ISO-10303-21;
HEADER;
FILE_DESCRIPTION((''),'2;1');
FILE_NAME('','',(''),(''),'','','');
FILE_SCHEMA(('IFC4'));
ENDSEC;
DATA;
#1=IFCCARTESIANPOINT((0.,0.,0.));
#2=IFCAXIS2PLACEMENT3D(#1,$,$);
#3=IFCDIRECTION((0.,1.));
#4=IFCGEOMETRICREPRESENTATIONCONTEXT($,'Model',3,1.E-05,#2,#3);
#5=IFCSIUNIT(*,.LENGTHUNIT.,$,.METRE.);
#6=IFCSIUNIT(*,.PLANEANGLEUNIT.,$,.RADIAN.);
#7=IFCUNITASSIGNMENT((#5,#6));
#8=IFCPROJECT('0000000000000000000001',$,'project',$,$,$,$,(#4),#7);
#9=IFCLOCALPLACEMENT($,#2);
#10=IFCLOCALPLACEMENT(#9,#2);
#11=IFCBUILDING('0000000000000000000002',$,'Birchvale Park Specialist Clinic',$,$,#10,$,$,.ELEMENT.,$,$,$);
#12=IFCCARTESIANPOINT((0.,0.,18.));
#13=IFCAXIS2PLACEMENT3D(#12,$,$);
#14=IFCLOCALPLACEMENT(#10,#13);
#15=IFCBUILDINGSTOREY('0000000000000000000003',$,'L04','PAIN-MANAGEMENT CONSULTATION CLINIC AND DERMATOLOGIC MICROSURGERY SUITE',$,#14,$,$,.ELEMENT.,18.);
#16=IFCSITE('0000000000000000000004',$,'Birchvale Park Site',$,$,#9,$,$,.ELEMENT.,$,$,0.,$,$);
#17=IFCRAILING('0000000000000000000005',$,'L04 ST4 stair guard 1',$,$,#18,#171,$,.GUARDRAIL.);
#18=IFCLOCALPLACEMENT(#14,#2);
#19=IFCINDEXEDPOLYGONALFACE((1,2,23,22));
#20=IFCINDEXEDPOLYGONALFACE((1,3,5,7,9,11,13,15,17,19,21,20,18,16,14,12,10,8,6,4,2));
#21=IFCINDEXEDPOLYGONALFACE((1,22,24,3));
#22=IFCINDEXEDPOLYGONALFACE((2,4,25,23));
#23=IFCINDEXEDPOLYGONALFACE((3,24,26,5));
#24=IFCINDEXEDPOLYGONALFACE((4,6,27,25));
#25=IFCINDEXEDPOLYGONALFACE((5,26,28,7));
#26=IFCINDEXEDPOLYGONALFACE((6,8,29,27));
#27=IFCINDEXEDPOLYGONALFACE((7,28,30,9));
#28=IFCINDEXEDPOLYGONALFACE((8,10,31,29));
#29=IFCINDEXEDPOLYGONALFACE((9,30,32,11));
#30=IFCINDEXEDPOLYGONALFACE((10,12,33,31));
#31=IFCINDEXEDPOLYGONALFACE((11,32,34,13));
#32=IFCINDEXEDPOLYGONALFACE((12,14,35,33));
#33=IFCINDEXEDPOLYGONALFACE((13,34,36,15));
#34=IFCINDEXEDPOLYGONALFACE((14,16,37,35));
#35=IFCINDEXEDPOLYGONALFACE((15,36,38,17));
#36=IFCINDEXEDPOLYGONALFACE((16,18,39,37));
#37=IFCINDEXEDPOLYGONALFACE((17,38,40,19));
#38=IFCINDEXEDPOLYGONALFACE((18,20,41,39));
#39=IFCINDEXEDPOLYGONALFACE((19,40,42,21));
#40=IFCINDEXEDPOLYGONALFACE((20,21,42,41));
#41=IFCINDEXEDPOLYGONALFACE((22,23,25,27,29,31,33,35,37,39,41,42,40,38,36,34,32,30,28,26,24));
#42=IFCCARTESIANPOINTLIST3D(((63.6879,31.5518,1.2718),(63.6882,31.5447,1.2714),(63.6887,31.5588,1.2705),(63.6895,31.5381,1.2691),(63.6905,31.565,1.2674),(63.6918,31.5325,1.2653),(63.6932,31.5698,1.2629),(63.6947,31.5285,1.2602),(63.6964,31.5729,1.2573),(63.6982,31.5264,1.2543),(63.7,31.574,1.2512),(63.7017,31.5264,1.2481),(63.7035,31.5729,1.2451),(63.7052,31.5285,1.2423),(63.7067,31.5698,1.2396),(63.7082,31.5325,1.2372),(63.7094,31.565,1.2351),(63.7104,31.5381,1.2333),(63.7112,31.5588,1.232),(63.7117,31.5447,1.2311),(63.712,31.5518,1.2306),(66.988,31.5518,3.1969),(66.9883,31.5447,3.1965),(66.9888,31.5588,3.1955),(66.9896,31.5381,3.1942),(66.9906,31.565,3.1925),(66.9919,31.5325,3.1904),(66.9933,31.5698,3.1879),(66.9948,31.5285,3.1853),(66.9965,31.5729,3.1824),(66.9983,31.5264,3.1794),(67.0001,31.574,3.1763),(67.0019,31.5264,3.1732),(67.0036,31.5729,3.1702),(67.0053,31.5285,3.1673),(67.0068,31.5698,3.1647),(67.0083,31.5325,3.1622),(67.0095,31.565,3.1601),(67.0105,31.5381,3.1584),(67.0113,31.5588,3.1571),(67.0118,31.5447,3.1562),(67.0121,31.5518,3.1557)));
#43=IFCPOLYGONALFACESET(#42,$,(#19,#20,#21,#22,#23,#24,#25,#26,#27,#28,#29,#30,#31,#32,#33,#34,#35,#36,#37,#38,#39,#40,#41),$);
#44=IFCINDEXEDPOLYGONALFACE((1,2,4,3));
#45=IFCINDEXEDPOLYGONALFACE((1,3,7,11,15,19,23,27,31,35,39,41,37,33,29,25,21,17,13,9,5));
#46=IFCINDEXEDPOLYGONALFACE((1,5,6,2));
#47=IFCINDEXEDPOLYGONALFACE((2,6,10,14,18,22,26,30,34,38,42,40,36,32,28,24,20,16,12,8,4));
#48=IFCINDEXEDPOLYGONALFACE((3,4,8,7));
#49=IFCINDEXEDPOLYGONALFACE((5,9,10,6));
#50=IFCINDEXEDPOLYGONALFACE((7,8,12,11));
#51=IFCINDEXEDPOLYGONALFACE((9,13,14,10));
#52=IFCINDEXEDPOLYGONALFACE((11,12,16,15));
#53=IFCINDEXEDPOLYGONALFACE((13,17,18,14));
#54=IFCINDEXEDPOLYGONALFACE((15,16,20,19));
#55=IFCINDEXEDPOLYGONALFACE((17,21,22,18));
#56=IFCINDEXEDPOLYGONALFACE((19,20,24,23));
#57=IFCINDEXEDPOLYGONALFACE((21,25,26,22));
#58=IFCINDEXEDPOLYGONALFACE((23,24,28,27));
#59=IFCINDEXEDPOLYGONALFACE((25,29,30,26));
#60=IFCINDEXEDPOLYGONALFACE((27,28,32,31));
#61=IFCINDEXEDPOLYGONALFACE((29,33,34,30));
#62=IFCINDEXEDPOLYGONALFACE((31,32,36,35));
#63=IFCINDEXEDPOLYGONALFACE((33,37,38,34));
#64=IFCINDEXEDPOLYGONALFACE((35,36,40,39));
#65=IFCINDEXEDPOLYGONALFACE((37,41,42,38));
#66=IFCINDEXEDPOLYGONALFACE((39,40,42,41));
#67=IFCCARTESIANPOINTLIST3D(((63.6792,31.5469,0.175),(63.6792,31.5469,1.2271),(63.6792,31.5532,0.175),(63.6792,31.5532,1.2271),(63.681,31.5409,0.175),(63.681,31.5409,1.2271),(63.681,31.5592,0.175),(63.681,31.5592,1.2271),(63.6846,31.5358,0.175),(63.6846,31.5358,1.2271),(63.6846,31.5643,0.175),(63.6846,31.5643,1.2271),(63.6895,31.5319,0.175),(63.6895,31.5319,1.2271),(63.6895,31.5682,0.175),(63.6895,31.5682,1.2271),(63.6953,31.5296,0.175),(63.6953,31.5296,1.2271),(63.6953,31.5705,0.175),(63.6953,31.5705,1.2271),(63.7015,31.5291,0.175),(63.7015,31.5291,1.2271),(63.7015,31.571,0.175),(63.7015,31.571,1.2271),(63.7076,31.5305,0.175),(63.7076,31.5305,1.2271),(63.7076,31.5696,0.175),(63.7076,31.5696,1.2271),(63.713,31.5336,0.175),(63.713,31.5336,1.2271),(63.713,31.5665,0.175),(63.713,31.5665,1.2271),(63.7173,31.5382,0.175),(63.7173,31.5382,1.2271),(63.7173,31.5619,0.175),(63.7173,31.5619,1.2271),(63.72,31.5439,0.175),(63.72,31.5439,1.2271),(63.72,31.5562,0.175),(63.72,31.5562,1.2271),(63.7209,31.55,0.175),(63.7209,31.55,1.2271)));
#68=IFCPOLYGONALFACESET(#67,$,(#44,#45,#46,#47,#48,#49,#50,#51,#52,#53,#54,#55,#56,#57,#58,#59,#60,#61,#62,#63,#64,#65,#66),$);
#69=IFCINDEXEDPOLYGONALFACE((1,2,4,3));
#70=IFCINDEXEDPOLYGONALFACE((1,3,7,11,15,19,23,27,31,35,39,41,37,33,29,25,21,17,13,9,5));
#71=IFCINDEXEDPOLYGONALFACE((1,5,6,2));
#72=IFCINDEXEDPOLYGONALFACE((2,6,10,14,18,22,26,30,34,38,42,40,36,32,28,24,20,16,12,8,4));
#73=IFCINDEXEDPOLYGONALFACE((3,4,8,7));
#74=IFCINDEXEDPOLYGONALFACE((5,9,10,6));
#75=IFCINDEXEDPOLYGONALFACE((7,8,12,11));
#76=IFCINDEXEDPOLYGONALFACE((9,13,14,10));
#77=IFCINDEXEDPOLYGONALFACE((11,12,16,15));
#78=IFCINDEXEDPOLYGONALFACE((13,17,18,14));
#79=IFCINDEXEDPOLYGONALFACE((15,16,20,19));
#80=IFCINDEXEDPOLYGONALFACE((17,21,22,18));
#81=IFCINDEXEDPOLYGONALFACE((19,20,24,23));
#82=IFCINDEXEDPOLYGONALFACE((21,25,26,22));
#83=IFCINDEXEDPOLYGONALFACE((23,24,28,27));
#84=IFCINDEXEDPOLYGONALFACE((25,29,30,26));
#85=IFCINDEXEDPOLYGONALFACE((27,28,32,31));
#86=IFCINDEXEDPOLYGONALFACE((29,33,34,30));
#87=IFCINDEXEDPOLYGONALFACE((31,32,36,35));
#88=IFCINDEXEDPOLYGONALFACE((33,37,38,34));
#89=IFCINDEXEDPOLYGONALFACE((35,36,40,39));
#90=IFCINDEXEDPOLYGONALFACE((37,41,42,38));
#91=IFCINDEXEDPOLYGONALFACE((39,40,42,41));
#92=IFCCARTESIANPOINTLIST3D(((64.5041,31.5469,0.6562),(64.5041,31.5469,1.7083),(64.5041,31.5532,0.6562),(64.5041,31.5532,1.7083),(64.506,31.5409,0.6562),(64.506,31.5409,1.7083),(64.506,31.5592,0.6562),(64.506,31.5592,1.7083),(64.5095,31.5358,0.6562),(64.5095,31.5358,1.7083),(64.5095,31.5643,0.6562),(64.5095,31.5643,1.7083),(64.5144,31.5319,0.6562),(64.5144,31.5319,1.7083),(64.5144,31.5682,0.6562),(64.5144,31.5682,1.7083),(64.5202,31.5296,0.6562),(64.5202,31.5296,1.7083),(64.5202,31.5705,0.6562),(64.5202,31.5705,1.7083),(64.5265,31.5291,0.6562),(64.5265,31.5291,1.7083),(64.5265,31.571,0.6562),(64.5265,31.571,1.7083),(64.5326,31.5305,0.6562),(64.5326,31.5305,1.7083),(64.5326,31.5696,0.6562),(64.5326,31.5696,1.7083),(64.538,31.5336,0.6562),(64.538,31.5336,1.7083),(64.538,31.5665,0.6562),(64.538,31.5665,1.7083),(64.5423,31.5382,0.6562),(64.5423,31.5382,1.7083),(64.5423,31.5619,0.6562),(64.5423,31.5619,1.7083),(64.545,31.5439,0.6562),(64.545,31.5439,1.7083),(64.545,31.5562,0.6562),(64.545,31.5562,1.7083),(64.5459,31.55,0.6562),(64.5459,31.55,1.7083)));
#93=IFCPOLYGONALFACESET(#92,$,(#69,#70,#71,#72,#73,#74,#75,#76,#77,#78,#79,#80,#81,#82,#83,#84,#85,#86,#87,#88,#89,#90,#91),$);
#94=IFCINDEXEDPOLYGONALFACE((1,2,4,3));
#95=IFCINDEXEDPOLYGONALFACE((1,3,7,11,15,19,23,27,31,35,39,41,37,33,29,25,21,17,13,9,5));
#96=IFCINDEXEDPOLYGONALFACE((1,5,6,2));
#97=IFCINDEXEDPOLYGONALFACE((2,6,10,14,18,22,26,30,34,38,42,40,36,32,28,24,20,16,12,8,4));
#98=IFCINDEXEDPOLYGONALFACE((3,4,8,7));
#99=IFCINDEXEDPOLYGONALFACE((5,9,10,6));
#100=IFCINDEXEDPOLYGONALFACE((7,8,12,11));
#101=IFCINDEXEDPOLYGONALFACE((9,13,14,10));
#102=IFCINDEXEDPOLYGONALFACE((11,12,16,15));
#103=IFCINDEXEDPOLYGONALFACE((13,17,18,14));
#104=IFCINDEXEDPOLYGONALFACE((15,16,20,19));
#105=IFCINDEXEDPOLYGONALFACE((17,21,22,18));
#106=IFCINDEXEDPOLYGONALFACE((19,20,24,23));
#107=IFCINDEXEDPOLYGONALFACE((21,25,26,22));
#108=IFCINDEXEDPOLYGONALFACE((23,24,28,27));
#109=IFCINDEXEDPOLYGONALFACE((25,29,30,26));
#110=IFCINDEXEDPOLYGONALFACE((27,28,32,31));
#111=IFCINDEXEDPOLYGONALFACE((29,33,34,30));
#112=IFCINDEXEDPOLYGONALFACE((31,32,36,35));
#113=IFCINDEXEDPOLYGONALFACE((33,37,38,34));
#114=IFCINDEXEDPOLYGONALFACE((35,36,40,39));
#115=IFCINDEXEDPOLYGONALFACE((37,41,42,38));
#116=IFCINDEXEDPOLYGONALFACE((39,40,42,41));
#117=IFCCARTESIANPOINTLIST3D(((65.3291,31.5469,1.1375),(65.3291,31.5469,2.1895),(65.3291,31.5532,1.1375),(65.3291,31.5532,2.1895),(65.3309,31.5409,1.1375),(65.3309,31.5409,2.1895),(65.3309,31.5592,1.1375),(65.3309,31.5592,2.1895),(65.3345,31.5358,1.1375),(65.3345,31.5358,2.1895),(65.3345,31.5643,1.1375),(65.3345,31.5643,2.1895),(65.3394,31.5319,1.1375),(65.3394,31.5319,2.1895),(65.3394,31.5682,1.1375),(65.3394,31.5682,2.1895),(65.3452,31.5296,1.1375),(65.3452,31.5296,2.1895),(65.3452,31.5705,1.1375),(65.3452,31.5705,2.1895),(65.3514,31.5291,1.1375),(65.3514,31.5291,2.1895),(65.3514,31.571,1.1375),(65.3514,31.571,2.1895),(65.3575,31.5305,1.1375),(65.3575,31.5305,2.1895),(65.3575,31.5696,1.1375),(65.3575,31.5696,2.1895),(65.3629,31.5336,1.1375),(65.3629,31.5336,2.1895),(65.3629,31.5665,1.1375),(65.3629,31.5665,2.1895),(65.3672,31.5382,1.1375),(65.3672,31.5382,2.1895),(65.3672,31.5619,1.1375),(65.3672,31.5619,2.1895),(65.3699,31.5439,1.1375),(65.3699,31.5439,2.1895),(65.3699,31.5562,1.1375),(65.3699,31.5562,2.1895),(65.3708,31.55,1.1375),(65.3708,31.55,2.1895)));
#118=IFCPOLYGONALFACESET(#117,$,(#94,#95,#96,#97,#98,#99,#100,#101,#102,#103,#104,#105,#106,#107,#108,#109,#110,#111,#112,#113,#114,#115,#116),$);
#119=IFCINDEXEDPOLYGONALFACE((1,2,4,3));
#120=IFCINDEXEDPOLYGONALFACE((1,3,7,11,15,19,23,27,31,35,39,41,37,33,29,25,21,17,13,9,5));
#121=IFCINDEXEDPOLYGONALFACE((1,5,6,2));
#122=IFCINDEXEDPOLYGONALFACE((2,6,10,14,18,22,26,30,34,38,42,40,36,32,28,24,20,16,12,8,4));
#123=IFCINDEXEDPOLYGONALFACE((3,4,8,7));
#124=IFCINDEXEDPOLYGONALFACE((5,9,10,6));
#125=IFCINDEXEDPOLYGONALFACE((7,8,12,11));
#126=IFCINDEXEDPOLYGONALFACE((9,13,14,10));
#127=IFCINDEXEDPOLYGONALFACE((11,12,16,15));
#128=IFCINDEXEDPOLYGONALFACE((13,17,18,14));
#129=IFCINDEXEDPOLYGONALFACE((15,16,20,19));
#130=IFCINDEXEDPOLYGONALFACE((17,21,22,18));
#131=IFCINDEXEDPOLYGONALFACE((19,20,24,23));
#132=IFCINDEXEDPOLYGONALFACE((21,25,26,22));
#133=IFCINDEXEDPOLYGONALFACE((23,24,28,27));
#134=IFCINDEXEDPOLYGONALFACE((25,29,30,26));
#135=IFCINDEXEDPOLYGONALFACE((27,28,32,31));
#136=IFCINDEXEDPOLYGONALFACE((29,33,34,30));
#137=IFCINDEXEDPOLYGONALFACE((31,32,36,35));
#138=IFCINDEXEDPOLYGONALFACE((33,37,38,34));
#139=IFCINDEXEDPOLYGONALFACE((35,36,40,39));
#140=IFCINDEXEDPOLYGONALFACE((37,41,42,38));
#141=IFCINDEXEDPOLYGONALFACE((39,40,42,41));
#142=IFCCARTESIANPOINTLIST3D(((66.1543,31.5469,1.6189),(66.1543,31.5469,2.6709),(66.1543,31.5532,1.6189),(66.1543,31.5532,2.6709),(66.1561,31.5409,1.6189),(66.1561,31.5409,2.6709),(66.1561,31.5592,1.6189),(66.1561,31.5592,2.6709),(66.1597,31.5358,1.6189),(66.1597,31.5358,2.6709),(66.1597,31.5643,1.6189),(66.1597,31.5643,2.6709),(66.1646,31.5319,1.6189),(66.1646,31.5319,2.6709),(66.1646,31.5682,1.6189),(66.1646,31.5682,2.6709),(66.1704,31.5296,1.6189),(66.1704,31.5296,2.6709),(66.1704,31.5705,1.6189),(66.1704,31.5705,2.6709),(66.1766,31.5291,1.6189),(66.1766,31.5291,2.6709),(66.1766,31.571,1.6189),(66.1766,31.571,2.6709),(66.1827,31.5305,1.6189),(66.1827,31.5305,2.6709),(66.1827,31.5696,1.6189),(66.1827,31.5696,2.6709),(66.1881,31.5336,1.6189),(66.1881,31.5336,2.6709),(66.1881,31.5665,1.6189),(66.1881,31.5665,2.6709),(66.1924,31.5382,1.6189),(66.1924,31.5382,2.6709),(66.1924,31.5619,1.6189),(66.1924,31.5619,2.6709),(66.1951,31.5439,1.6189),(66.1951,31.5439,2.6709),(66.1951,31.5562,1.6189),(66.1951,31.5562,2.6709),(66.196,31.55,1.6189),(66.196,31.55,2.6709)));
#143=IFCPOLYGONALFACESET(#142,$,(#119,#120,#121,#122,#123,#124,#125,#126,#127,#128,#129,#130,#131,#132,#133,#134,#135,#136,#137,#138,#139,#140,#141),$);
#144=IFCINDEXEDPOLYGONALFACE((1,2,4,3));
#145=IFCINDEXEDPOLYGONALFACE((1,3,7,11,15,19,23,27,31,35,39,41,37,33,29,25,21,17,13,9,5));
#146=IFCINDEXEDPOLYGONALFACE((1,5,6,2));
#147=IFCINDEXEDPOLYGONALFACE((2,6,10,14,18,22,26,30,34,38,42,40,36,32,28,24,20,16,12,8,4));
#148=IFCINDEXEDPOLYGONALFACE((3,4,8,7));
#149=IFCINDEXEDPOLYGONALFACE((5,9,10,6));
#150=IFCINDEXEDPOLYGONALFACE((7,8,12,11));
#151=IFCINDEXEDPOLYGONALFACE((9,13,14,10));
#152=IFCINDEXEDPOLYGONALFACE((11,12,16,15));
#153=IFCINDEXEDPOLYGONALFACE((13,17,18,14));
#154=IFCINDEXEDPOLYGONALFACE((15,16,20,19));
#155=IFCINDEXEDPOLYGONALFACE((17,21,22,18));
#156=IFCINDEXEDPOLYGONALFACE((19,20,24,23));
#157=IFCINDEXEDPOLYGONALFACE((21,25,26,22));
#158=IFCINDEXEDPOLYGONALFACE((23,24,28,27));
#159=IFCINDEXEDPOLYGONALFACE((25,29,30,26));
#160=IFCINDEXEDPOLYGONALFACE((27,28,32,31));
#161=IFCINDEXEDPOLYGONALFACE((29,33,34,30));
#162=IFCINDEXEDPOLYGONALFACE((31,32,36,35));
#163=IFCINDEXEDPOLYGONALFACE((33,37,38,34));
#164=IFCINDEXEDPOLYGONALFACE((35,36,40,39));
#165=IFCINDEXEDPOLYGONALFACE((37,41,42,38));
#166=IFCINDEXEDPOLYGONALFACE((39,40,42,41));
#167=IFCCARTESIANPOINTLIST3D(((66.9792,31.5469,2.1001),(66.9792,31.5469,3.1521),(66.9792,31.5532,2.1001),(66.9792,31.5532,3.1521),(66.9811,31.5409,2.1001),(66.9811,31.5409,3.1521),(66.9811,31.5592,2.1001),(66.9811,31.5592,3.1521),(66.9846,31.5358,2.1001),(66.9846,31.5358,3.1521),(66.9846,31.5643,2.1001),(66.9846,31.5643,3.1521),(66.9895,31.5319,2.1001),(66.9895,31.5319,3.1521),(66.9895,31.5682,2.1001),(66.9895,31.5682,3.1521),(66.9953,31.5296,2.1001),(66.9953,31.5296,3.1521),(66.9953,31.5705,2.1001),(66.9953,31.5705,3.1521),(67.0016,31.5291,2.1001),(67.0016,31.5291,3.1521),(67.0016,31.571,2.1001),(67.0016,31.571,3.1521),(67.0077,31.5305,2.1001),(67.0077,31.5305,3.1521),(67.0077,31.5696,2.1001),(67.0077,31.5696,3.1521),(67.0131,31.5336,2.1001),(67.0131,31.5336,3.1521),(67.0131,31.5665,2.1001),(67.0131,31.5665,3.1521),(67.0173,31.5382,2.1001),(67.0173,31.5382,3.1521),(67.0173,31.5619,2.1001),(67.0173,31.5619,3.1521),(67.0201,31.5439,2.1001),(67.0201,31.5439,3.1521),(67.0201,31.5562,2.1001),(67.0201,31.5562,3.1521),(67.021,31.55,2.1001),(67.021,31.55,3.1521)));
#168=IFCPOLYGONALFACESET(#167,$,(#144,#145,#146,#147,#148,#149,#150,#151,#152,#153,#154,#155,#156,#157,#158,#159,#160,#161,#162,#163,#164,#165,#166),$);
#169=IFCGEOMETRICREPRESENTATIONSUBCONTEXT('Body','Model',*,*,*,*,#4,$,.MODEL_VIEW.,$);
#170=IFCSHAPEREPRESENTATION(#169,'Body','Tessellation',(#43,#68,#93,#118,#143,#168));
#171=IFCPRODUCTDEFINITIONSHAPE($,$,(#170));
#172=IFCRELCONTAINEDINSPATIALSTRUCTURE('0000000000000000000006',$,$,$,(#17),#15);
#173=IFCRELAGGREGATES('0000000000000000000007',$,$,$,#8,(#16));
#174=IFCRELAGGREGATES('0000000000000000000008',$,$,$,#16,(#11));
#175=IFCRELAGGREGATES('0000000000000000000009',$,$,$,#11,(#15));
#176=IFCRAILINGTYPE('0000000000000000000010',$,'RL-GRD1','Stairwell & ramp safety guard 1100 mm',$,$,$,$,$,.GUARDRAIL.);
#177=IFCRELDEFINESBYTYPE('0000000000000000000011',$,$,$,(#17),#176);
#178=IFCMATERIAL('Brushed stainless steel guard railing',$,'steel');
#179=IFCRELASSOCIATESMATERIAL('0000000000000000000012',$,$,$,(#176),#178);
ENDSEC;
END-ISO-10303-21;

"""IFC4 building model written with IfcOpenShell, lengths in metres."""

from ifc_helpers import new_model, si_unit, direction, frame, origin, origin_2d, place, context, subcontext, project, spatial, circle, extrude, material, type_object, element, save


model = new_model("IFC4")

# Units and contexts
model_context = context("Model", 3, precision=1e-05, world=origin(), true_north=direction((0.0, 1.0)))
body_context = subcontext(model_context, "Body", "Model", "MODEL_VIEW")
ifc_project = project(units=[si_unit("LENGTHUNIT", "METRE"), si_unit("PLANEANGLEUNIT", "RADIAN")], contexts=[model_context])

# Site, building, storey
site_placement = place(None, origin())
site = spatial("IfcSite", under=ifc_project, at=site_placement, Name="Birchvale Park Site", CompositionType="ELEMENT", RefElevation=0.0)
building_placement = place(site_placement, origin())
building = spatial("IfcBuilding", under=site, at=building_placement, Name="Birchvale Park Specialist Clinic", CompositionType="ELEMENT")
storey_placement = place(building_placement, frame((0.0, 0.0, 18.0)))
storey = spatial("IfcBuildingStorey", under=building, at=storey_placement, Name="L04", Description="PAIN-MANAGEMENT CONSULTATION CLINIC AND DERMATOLOGIC MICROSURGERY SUITE", CompositionType="ELEMENT", Elevation=18.0)

# Railing
ifc_material_1 = material(Name="Brushed stainless steel guard railing", Category="steel")
railing_type_1 = type_object("IfcRailingType", Name="RL-GRD1", Description="Stairwell & ramp safety guard 1100 mm", PredefinedType="GUARDRAIL", material=ifc_material_1)
railing_1_placement = place(storey_placement, frame((63.7, 31.55, 0.175)))
element("IfcRailing", 1, at=railing_1_placement, inside=storey, type_object=railing_type_1, Name="L04 ST4 stair guard 1", PredefinedType="GUARDRAIL", context=body_context, shape_type="SweptSolid", body=[
    extrude(circle(Radius=0.0239, at=origin_2d()), frame((0.0, 0.0, 1.0762), z_axis=(0.863777, 0.0, 0.503875), x_axis=(0.0, 1.0, 0.0)), (0.0, 0.0, 1.0), 3.8206),
    extrude(circle(Radius=0.021, at=origin_2d()), origin(), (0.0, 0.0, 1.0), 1.052),
    extrude(circle(Radius=0.021, at=origin_2d()), frame((0.825, 0.0, 0.4812)), (0.0, 0.0, 1.0), 1.052),
    extrude(circle(Radius=0.021, at=origin_2d()), frame((1.6499, 0.0, 0.9624)), (0.0, 0.0, 1.0), 1.052),
    extrude(circle(Radius=0.021, at=origin_2d()), frame((2.4751, 0.0, 1.4438)), (0.0, 0.0, 1.0), 1.052),
    extrude(circle(Radius=0.021, at=origin_2d()), frame((3.3, 0.0, 1.925)), (0.0, 0.0, 1.0), 1.052),
])

save(model, "model.ifc")
